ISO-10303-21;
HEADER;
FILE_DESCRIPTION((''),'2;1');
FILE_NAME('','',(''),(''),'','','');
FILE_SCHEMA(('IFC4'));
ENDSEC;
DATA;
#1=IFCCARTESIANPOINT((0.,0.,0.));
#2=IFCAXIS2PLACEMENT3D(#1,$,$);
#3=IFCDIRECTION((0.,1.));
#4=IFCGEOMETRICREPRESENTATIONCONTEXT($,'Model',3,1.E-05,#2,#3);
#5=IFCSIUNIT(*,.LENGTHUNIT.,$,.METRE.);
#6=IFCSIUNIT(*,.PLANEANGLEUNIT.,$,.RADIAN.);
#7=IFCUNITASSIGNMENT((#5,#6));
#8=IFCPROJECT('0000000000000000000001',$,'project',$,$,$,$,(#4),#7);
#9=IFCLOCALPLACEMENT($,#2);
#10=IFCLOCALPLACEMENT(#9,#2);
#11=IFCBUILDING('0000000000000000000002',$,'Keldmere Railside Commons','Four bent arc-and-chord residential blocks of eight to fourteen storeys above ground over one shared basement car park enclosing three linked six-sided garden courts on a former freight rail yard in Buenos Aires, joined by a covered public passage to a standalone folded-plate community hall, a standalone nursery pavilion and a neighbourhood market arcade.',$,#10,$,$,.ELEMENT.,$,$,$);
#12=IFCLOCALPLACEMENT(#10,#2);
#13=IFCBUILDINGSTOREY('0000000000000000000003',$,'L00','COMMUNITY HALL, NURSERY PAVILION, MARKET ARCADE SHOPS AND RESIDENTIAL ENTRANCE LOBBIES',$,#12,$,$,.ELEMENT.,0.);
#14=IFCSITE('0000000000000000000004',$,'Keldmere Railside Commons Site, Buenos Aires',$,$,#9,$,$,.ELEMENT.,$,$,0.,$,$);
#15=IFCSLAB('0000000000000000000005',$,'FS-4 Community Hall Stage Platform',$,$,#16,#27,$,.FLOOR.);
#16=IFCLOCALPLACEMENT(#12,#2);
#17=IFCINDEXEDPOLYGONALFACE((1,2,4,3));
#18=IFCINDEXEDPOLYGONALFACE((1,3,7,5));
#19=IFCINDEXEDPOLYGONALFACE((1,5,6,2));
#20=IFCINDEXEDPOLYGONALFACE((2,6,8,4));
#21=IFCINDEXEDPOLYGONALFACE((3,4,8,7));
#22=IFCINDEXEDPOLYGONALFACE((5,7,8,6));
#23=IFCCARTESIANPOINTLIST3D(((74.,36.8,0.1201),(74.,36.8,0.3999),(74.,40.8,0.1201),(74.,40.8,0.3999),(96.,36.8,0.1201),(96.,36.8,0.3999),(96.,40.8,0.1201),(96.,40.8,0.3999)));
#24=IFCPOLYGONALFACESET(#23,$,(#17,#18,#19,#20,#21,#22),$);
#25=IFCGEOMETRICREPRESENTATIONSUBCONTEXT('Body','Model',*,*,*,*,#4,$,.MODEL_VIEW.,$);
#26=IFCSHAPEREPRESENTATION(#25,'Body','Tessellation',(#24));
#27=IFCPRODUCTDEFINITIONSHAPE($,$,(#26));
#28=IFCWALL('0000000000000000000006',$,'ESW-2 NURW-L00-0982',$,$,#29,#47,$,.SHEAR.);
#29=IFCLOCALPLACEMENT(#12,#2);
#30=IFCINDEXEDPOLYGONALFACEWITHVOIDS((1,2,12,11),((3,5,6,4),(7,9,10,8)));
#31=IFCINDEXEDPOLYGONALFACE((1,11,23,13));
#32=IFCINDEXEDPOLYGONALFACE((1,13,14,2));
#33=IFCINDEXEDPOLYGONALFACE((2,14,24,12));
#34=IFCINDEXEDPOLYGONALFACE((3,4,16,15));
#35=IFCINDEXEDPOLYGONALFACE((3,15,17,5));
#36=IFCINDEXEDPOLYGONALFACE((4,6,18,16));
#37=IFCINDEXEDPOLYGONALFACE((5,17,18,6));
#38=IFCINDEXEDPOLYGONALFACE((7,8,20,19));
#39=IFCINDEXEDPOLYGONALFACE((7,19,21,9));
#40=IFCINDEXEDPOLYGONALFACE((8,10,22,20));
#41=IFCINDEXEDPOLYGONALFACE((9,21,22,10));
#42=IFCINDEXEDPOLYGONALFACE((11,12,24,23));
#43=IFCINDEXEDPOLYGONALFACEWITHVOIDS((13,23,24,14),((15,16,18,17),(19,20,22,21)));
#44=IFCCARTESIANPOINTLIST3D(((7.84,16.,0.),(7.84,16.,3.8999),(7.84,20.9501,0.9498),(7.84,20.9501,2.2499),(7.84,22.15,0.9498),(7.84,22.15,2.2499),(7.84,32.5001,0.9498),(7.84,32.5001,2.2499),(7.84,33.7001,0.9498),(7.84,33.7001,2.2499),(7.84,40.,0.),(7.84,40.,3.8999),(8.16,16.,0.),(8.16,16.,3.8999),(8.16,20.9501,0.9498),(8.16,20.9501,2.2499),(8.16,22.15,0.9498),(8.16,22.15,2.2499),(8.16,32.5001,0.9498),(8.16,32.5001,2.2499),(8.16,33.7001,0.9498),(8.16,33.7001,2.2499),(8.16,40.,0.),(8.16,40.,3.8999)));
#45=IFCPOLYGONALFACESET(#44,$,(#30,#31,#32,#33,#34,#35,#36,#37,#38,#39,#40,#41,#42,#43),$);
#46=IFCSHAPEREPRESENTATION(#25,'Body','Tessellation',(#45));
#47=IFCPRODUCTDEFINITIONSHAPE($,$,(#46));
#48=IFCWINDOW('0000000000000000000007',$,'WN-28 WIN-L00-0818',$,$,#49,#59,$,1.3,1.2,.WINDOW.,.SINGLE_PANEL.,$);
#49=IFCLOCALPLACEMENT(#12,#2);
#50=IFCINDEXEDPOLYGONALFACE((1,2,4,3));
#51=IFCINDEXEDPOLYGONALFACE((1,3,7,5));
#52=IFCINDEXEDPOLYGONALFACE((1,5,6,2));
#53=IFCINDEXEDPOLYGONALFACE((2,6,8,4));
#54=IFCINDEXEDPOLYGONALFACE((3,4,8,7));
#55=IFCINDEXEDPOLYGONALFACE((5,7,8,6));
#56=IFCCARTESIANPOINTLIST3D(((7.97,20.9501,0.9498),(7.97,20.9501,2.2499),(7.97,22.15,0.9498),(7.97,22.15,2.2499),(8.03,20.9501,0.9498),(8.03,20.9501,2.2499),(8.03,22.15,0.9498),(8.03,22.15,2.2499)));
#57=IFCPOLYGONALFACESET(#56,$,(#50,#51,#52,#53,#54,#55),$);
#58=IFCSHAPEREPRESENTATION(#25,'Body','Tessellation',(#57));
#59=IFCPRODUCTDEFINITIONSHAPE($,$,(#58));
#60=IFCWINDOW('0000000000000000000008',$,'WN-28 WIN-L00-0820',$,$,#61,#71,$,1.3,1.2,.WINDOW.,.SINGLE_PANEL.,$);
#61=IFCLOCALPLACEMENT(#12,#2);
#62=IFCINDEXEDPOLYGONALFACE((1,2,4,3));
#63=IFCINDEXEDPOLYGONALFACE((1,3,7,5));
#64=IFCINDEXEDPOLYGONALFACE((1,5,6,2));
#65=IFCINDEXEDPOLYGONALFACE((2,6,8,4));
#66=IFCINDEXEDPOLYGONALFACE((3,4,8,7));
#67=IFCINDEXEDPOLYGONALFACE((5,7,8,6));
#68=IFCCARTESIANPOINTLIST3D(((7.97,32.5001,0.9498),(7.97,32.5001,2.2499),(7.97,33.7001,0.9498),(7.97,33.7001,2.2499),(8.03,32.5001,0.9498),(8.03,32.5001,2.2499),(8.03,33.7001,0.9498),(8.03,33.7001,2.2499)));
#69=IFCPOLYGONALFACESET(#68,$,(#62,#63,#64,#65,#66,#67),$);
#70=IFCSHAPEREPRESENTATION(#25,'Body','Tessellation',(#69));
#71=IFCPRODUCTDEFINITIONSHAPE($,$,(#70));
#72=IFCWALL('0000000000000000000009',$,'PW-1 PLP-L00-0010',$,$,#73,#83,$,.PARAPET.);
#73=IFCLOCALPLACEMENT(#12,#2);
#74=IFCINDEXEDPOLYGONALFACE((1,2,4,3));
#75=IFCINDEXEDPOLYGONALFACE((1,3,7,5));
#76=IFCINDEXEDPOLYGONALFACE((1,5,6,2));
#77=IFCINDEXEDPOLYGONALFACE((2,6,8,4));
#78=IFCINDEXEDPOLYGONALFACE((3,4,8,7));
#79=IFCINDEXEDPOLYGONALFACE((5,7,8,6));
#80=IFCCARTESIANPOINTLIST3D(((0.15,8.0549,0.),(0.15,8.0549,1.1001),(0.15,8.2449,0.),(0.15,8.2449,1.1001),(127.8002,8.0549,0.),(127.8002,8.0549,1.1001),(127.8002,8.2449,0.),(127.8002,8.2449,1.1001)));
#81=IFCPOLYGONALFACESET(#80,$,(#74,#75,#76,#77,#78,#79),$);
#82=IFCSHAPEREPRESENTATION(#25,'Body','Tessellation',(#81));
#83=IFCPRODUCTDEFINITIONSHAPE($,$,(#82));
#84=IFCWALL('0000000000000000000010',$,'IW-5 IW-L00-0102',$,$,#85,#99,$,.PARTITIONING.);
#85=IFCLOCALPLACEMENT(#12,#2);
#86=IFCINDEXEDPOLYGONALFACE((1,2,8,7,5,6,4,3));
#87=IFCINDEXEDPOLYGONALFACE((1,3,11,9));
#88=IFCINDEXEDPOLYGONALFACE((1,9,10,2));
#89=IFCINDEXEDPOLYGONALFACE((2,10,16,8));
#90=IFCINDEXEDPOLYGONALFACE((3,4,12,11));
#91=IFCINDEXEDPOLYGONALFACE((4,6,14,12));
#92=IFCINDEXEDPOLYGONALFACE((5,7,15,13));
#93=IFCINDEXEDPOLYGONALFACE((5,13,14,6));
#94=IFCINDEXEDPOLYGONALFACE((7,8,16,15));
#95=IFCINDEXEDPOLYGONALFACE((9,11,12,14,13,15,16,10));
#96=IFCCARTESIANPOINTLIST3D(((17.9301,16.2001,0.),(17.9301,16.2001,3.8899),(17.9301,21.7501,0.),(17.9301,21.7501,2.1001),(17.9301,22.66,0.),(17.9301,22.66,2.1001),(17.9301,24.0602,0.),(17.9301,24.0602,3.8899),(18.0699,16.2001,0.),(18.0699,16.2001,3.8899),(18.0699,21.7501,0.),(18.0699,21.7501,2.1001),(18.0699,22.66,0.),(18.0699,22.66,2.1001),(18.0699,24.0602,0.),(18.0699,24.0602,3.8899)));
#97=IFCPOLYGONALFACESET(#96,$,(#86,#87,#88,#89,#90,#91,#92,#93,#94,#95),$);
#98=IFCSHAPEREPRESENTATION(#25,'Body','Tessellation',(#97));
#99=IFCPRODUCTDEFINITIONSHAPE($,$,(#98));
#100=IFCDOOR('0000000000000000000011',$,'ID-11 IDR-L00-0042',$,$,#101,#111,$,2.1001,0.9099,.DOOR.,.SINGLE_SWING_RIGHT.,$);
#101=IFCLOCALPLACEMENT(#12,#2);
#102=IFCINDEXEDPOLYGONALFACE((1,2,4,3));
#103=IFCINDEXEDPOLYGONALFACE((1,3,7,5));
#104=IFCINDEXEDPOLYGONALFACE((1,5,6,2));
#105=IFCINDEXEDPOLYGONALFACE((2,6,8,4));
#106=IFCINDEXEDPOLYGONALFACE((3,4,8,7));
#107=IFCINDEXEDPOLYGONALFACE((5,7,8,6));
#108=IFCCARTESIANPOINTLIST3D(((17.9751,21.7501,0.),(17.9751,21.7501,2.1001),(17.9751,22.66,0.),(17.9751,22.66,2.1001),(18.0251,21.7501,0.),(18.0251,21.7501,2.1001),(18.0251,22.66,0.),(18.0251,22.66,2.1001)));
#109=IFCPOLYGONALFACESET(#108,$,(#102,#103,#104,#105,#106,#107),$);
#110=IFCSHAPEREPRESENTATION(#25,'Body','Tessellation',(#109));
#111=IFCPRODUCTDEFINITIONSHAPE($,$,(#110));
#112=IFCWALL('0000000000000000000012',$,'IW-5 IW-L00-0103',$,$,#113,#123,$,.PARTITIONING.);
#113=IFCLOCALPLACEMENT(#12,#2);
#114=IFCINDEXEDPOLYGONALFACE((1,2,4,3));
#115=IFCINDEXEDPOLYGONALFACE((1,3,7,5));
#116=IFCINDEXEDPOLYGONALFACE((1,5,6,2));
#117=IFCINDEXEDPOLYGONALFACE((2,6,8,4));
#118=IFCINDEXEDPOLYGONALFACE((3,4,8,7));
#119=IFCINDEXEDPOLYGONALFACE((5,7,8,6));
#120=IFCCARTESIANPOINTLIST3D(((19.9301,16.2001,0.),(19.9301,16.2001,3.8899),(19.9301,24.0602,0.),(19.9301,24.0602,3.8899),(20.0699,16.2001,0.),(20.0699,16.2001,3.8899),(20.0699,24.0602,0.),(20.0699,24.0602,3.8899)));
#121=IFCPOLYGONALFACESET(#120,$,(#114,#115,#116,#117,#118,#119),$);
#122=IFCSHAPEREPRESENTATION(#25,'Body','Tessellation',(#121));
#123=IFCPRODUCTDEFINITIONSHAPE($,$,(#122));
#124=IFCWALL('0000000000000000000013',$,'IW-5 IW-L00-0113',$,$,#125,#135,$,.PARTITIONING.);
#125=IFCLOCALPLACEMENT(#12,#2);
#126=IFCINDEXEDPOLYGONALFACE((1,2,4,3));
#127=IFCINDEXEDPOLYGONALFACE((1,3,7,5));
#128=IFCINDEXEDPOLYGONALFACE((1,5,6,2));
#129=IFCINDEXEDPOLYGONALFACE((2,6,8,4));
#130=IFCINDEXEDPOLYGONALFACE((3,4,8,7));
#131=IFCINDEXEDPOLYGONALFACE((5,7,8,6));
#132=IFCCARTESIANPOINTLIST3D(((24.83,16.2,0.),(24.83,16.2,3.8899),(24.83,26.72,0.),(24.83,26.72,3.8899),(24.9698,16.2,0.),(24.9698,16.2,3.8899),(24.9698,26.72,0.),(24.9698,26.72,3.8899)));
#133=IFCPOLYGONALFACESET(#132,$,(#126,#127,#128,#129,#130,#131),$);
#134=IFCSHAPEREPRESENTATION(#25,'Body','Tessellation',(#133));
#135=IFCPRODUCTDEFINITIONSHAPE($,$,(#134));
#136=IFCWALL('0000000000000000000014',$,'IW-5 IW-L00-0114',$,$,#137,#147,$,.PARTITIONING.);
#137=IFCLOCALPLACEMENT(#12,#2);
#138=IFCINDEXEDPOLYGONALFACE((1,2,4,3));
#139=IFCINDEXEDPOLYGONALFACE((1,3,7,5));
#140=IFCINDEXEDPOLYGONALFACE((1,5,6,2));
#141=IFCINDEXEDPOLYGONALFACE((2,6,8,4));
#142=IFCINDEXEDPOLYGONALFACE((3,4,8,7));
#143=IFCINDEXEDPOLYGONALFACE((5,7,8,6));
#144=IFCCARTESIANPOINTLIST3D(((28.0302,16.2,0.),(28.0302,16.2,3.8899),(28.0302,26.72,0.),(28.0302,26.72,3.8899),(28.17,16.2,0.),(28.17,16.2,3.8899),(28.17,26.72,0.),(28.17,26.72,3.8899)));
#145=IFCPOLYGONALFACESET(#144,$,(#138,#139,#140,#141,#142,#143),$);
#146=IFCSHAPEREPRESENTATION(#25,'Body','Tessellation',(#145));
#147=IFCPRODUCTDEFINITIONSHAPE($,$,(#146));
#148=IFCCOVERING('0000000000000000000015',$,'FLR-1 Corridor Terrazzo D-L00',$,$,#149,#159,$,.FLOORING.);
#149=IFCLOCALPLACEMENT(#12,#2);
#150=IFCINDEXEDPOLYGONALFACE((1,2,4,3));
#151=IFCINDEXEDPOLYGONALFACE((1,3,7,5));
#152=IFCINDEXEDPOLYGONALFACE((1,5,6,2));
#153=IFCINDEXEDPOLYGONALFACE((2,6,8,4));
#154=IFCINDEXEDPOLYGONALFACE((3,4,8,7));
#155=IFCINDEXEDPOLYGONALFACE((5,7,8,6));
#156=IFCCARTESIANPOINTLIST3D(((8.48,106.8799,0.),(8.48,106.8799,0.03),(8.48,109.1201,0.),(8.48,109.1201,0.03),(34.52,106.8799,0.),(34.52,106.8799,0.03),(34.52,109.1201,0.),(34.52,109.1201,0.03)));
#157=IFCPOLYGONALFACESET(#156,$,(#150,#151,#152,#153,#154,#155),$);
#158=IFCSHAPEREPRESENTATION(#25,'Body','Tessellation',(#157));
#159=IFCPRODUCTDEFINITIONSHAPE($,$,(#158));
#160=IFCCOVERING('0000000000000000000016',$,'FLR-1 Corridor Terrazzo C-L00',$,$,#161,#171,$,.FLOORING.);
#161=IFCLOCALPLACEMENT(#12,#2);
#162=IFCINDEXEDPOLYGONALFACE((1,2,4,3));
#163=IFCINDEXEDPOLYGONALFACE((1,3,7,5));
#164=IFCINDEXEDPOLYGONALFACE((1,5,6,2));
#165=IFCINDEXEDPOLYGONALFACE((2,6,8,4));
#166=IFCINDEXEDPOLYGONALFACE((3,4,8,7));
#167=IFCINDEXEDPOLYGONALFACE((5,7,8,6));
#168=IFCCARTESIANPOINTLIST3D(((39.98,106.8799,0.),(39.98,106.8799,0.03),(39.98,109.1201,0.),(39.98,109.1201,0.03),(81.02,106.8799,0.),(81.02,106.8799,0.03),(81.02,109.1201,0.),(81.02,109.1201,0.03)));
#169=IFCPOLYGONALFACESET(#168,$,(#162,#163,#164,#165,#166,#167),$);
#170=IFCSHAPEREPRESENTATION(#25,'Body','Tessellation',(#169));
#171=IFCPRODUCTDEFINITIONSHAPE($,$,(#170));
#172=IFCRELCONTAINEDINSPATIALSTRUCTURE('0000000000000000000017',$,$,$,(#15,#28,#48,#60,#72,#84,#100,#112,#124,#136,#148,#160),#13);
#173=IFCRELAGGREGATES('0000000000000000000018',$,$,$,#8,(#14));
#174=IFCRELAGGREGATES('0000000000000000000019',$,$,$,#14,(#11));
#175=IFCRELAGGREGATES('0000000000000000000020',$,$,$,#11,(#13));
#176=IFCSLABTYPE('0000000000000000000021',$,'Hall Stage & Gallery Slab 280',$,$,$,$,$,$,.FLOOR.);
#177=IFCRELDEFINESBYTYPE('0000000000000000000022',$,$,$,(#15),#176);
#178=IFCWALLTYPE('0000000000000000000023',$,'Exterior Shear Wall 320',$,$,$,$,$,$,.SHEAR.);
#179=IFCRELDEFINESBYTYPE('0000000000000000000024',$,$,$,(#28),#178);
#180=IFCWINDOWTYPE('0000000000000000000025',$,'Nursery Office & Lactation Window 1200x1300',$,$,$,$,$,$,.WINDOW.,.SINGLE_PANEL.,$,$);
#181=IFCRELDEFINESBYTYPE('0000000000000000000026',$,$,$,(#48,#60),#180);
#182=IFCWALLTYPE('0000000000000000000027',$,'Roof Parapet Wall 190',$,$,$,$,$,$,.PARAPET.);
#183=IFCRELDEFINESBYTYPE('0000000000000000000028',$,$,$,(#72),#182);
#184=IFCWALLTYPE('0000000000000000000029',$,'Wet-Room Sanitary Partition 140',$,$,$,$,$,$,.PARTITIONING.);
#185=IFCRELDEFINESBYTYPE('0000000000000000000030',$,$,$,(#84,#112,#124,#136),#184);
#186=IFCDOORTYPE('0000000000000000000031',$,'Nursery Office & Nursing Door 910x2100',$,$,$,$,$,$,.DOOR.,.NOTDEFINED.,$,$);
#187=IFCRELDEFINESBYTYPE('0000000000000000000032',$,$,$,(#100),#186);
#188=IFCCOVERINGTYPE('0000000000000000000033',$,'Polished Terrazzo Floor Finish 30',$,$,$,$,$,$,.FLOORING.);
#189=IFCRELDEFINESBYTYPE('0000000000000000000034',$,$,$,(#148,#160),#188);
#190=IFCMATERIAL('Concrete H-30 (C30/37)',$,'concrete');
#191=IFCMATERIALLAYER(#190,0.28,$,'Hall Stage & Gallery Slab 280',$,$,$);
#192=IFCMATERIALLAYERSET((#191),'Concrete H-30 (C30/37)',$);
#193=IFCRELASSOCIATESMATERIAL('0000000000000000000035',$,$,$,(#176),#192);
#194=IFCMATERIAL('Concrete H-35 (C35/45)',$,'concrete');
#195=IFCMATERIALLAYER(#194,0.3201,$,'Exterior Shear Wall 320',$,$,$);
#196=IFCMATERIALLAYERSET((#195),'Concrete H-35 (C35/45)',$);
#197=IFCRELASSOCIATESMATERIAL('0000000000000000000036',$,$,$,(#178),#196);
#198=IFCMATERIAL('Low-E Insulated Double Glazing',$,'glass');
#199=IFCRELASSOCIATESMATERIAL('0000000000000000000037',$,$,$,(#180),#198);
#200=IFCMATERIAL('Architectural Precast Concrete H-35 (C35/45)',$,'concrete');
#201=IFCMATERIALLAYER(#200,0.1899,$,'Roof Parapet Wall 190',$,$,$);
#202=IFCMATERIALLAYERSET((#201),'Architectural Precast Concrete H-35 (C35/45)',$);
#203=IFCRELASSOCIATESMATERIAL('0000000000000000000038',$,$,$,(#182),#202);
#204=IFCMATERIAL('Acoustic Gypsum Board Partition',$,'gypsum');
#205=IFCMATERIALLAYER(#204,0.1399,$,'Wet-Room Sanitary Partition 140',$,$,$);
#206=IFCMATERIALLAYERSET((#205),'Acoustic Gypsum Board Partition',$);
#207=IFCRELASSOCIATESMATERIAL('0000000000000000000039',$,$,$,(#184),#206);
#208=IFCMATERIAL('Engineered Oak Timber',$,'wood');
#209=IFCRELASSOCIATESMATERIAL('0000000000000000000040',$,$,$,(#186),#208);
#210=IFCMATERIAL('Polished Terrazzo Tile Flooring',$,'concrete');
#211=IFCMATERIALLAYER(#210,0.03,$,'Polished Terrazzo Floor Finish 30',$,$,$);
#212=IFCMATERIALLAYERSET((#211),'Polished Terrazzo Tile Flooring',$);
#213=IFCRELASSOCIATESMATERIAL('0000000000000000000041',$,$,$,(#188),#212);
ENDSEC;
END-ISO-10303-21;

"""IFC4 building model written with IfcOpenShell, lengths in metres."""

from ifc_helpers import new_model, si_unit, direction, frame, frame_2d, origin, place, context, subcontext, project, spatial, polyline, rectangle, outline, extrude, material, layer, layer_set, type_object, element, fill, save


model = new_model("IFC4")

# Units and contexts
model_context = context("Model", 3, precision=1e-05, world=origin(), true_north=direction((0.0, 1.0)))
body_context = subcontext(model_context, "Body", "Model", "MODEL_VIEW")
ifc_project = project(units=[si_unit("LENGTHUNIT", "METRE"), si_unit("PLANEANGLEUNIT", "RADIAN")], contexts=[model_context])

# Site, building, storey
site_placement = place(None, origin())
site = spatial("IfcSite", under=ifc_project, at=site_placement, Name="Keldmere Railside Commons Site, Buenos Aires", CompositionType="ELEMENT", RefElevation=0.0)
building_placement = place(site_placement, origin())
building = spatial("IfcBuilding", under=site, at=building_placement, Name="Keldmere Railside Commons", Description="Four bent arc-and-chord residential blocks of eight to fourteen storeys above ground over one shared basement car park enclosing three linked six-sided garden courts on a former freight rail yard in Buenos Aires, joined by a covered public passage to a standalone folded-plate community hall, a standalone nursery pavilion and a neighbourhood market arcade.", CompositionType="ELEMENT")
storey_placement = place(building_placement, origin())
storey = spatial("IfcBuildingStorey", under=building, at=storey_placement, Name="L00", Description="COMMUNITY HALL, NURSERY PAVILION, MARKET ARCADE SHOPS AND RESIDENTIAL ENTRANCE LOBBIES", CompositionType="ELEMENT", Elevation=0.0)

# Shared definitions
ifc_material_1 = material(Name="Concrete H-35 (C35/45)", Category="concrete")

# Shared definitions
ifc_material_2 = material(Name="Concrete H-30 (C30/37)", Category="concrete")

# Slab
ifc_layer_1 = layer(ifc_material_2, 0.28, Name="Hall Stage & Gallery Slab 280")
ifc_layer_set_1 = layer_set([ifc_layer_1], Name="Concrete H-30 (C30/37)")
slab_type_1 = type_object("IfcSlabType", Name="Hall Stage & Gallery Slab 280", PredefinedType="FLOOR", material=ifc_layer_set_1)
slab_1_placement = place(storey_placement, frame((0.0, 0.0, 0.1201)))
element("IfcSlab", 1, at=slab_1_placement, inside=storey, type_object=slab_type_1, Name="FS-4 Community Hall Stage Platform", PredefinedType="FLOOR", context=body_context, shape_type="SweptSolid", body=[
    extrude(outline(polyline([(74.0, 36.8), (96.0, 36.8), (96.0, 40.8), (74.0, 40.8), (74.0, 36.8)])), origin(), (0.0, 0.0, 1.0), 0.2798),
])

# Wall, openings, windows
ifc_layer_2 = layer(ifc_material_1, 0.3201, Name="Exterior Shear Wall 320")
ifc_layer_set_2 = layer_set([ifc_layer_2], Name="Concrete H-35 (C35/45)")
wall_type_1 = type_object("IfcWallType", Name="Exterior Shear Wall 320", PredefinedType="SHEAR", material=ifc_layer_set_2)
wall_1_placement = place(storey_placement, frame((8.0, 16.0, 0.0), z_axis=(0.0, 0.0, 1.0), x_axis=(0.0, 1.0, 0.0)))
wall_1 = element("IfcWall", 2, at=wall_1_placement, inside=storey, type_object=wall_type_1, Name="ESW-2 NURW-L00-0982", PredefinedType="SHEAR", context=body_context, shape_type="SweptSolid", body=[
    extrude(rectangle(XDim=24.0, YDim=0.3201, at=frame_2d((12.0, 0.0))), origin(), (0.0, 0.0, 1.0), 3.8999),
])
opening_1_placement = place(wall_1_placement, frame((4.95, 0.0, 0.95)))
opening_1 = element("IfcOpeningElement", 3, at=opening_1_placement, cuts=wall_1, PredefinedType="OPENING", context=body_context, shape_type="SweptSolid", body=[
    extrude(rectangle(XDim=1.2, YDim=1.3, at=frame_2d((0.6001, 0.6499))), frame((0.0, 0.1699, 0.0), z_axis=(0.0, -1.0, 0.0), x_axis=(1.0, 0.0, 0.0)), (0.0, 0.0, 1.0), 0.3401),
])
opening_2_placement = place(wall_1_placement, frame((16.5, 0.0, 0.95)))
opening_2 = element("IfcOpeningElement", 4, at=opening_2_placement, cuts=wall_1, PredefinedType="OPENING", context=body_context, shape_type="SweptSolid", body=[
    extrude(rectangle(XDim=1.2, YDim=1.3, at=frame_2d((0.6001, 0.6499))), frame((0.0, 0.1699, 0.0), z_axis=(0.0, -1.0, 0.0), x_axis=(1.0, 0.0, 0.0)), (0.0, 0.0, 1.0), 0.3401),
])
ifc_material_3 = material(Name="Low-E Insulated Double Glazing", Category="glass")
window_type = type_object("IfcWindowType", Name="Nursery Office & Lactation Window 1200x1300", PartitioningType="SINGLE_PANEL", PredefinedType="WINDOW", material=ifc_material_3)
window_1_placement = place(opening_1_placement, origin())
window_1 = element("IfcWindow", 5, at=window_1_placement, inside=storey, type_object=window_type, Name="WN-28 WIN-L00-0818", OverallHeight=1.3, OverallWidth=1.2, PartitioningType="SINGLE_PANEL", PredefinedType="WINDOW", context=body_context, shape_type="SweptSolid", body=[
    extrude(rectangle(XDim=1.2, YDim=1.3, at=frame_2d((0.6001, 0.6499))), frame((0.0, 0.03, 0.0), z_axis=(0.0, -1.0, 0.0), x_axis=(1.0, 0.0, 0.0)), (0.0, 0.0, 1.0), 0.0601),
])
fill(opening_1, window_1)
window_2_placement = place(opening_2_placement, origin())
window_2 = element("IfcWindow", 6, at=window_2_placement, inside=storey, type_object=window_type, Name="WN-28 WIN-L00-0820", OverallHeight=1.3, OverallWidth=1.2, PartitioningType="SINGLE_PANEL", PredefinedType="WINDOW", context=body_context, shape_type="SweptSolid", body=[
    extrude(rectangle(XDim=1.2, YDim=1.3, at=frame_2d((0.6001, 0.6499))), frame((0.0, 0.03, 0.0), z_axis=(0.0, -1.0, 0.0), x_axis=(1.0, 0.0, 0.0)), (0.0, 0.0, 1.0), 0.0601),
])
fill(opening_2, window_2)

# Wall
ifc_material_4 = material(Name="Architectural Precast Concrete H-35 (C35/45)", Category="concrete")
ifc_layer_3 = layer(ifc_material_4, 0.1899, Name="Roof Parapet Wall 190")
ifc_layer_set_3 = layer_set([ifc_layer_3], Name="Architectural Precast Concrete H-35 (C35/45)")
wall_type_2 = type_object("IfcWallType", Name="Roof Parapet Wall 190", PredefinedType="PARAPET", material=ifc_layer_set_3)
wall_2_placement = place(storey_placement, frame((0.1499, 8.1499, 0.0), z_axis=(0.0, 0.0, 1.0), x_axis=(1.0, 0.0, 0.0)))
element("IfcWall", 7, at=wall_2_placement, inside=storey, type_object=wall_type_2, Name="PW-1 PLP-L00-0010", PredefinedType="PARAPET", context=body_context, shape_type="SweptSolid", body=[
    extrude(rectangle(XDim=127.6501, YDim=0.1899, at=frame_2d((63.8252, 0.0))), origin(), (0.0, 0.0, 1.0), 1.1001),
])

# Wall, opening, door
ifc_material_5 = material(Name="Acoustic Gypsum Board Partition", Category="gypsum")
ifc_layer_4 = layer(ifc_material_5, 0.1399, Name="Wet-Room Sanitary Partition 140")
ifc_layer_set_4 = layer_set([ifc_layer_4], Name="Acoustic Gypsum Board Partition")
wall_type_3 = type_object("IfcWallType", Name="Wet-Room Sanitary Partition 140", PredefinedType="PARTITIONING", material=ifc_layer_set_4)
wall_3_placement = place(storey_placement, frame((18.0, 16.2, 0.0), z_axis=(0.0, 0.0, 1.0), x_axis=(0.0, 1.0, 0.0)))
wall_3 = element("IfcWall", 8, at=wall_3_placement, inside=storey, type_object=wall_type_3, Name="IW-5 IW-L00-0102", PredefinedType="PARTITIONING", context=body_context, shape_type="SweptSolid", body=[
    extrude(rectangle(XDim=7.8601, YDim=0.1399, at=frame_2d((3.9302, 0.0))), origin(), (0.0, 0.0, 1.0), 3.8899),
])
opening_3_placement = place(wall_3_placement, frame((5.55, 0.0, 0.0)))
opening_3 = element("IfcOpeningElement", 9, at=opening_3_placement, cuts=wall_3, PredefinedType="OPENING", context=body_context, shape_type="SweptSolid", body=[
    extrude(rectangle(XDim=0.9099, YDim=2.1001, at=frame_2d((0.4551, 1.05))), frame((0.0, 0.0798, 0.0), z_axis=(0.0, -1.0, 0.0), x_axis=(1.0, 0.0, 0.0)), (0.0, 0.0, 1.0), 0.1599),
])
ifc_material_6 = material(Name="Engineered Oak Timber", Category="wood")
door_type = type_object("IfcDoorType", Name="Nursery Office & Nursing Door 910x2100", OperationType="NOTDEFINED", PredefinedType="DOOR", material=ifc_material_6)
door_placement = place(opening_3_placement, origin())
door = element("IfcDoor", 10, at=door_placement, inside=storey, type_object=door_type, Name="ID-11 IDR-L00-0042", OperationType="SINGLE_SWING_RIGHT", OverallHeight=2.1001, OverallWidth=0.9099, PredefinedType="DOOR", context=body_context, shape_type="SweptSolid", body=[
    extrude(rectangle(XDim=0.9099, YDim=2.1001, at=frame_2d((0.4551, 1.05))), frame((0.0, 0.0249, 0.0), z_axis=(0.0, -1.0, 0.0), x_axis=(1.0, 0.0, 0.0)), (0.0, 0.0, 1.0), 0.05),
])
fill(opening_3, door)

# Walls
wall_4_placement = place(storey_placement, frame((20.0, 16.2, 0.0), z_axis=(0.0, 0.0, 1.0), x_axis=(0.0, 1.0, 0.0)))
element("IfcWall", 11, at=wall_4_placement, inside=storey, type_object=wall_type_3, Name="IW-5 IW-L00-0103", PredefinedType="PARTITIONING", context=body_context, shape_type="SweptSolid", body=[
    extrude(rectangle(XDim=7.8601, YDim=0.1399, at=frame_2d((3.9302, 0.0))), origin(), (0.0, 0.0, 1.0), 3.8899),
])
for number, where, z_axis, x_axis, name in (
    (12, (24.8999, 16.2, 0.0), (0.0, 0.0, 1.0), (0.0, 1.0, 0.0), "IW-5 IW-L00-0113"),
    (13, (28.1001, 16.2, 0.0), (0.0, 0.0, 1.0), (0.0, 1.0, 0.0), "IW-5 IW-L00-0114"),
):
    element("IfcWall", number, at=place(storey_placement, frame(where, z_axis=z_axis, x_axis=x_axis)), inside=storey, type_object=wall_type_3, Name=name, PredefinedType="PARTITIONING", context=body_context, shape_type="SweptSolid", body=[
        extrude(rectangle(XDim=10.52, YDim=0.1399, at=frame_2d((5.26, 0.0))), origin(), (0.0, 0.0, 1.0), 3.8899),
    ])

# Coverings
ifc_material_7 = material(Name="Polished Terrazzo Tile Flooring", Category="concrete")
ifc_layer_5 = layer(ifc_material_7, 0.03, Name="Polished Terrazzo Floor Finish 30")
ifc_layer_set_5 = layer_set([ifc_layer_5], Name="Polished Terrazzo Tile Flooring")
covering_type_1 = type_object("IfcCoveringType", Name="Polished Terrazzo Floor Finish 30", PredefinedType="FLOORING", material=ifc_layer_set_5)
covering_1_placement = place(storey_placement, origin())
element("IfcCovering", 14, at=covering_1_placement, inside=storey, type_object=covering_type_1, Name="FLR-1 Corridor Terrazzo D-L00", PredefinedType="FLOORING", context=body_context, shape_type="SweptSolid", body=[
    extrude(outline(polyline([(8.48, 106.8799), (34.52, 106.8799), (34.52, 109.1201), (8.48, 109.1201), (8.48, 106.8799)])), origin(), (0.0, 0.0, 1.0), 0.03),
])
covering_2_placement = place(storey_placement, origin())
element("IfcCovering", 15, at=covering_2_placement, inside=storey, type_object=covering_type_1, Name="FLR-1 Corridor Terrazzo C-L00", PredefinedType="FLOORING", context=body_context, shape_type="SweptSolid", body=[
    extrude(outline(polyline([(39.98, 106.8799), (81.02, 106.8799), (81.02, 109.1201), (39.98, 109.1201), (39.98, 106.8799)])), origin(), (0.0, 0.0, 1.0), 0.03),
])

save(model, "model.ifc")
